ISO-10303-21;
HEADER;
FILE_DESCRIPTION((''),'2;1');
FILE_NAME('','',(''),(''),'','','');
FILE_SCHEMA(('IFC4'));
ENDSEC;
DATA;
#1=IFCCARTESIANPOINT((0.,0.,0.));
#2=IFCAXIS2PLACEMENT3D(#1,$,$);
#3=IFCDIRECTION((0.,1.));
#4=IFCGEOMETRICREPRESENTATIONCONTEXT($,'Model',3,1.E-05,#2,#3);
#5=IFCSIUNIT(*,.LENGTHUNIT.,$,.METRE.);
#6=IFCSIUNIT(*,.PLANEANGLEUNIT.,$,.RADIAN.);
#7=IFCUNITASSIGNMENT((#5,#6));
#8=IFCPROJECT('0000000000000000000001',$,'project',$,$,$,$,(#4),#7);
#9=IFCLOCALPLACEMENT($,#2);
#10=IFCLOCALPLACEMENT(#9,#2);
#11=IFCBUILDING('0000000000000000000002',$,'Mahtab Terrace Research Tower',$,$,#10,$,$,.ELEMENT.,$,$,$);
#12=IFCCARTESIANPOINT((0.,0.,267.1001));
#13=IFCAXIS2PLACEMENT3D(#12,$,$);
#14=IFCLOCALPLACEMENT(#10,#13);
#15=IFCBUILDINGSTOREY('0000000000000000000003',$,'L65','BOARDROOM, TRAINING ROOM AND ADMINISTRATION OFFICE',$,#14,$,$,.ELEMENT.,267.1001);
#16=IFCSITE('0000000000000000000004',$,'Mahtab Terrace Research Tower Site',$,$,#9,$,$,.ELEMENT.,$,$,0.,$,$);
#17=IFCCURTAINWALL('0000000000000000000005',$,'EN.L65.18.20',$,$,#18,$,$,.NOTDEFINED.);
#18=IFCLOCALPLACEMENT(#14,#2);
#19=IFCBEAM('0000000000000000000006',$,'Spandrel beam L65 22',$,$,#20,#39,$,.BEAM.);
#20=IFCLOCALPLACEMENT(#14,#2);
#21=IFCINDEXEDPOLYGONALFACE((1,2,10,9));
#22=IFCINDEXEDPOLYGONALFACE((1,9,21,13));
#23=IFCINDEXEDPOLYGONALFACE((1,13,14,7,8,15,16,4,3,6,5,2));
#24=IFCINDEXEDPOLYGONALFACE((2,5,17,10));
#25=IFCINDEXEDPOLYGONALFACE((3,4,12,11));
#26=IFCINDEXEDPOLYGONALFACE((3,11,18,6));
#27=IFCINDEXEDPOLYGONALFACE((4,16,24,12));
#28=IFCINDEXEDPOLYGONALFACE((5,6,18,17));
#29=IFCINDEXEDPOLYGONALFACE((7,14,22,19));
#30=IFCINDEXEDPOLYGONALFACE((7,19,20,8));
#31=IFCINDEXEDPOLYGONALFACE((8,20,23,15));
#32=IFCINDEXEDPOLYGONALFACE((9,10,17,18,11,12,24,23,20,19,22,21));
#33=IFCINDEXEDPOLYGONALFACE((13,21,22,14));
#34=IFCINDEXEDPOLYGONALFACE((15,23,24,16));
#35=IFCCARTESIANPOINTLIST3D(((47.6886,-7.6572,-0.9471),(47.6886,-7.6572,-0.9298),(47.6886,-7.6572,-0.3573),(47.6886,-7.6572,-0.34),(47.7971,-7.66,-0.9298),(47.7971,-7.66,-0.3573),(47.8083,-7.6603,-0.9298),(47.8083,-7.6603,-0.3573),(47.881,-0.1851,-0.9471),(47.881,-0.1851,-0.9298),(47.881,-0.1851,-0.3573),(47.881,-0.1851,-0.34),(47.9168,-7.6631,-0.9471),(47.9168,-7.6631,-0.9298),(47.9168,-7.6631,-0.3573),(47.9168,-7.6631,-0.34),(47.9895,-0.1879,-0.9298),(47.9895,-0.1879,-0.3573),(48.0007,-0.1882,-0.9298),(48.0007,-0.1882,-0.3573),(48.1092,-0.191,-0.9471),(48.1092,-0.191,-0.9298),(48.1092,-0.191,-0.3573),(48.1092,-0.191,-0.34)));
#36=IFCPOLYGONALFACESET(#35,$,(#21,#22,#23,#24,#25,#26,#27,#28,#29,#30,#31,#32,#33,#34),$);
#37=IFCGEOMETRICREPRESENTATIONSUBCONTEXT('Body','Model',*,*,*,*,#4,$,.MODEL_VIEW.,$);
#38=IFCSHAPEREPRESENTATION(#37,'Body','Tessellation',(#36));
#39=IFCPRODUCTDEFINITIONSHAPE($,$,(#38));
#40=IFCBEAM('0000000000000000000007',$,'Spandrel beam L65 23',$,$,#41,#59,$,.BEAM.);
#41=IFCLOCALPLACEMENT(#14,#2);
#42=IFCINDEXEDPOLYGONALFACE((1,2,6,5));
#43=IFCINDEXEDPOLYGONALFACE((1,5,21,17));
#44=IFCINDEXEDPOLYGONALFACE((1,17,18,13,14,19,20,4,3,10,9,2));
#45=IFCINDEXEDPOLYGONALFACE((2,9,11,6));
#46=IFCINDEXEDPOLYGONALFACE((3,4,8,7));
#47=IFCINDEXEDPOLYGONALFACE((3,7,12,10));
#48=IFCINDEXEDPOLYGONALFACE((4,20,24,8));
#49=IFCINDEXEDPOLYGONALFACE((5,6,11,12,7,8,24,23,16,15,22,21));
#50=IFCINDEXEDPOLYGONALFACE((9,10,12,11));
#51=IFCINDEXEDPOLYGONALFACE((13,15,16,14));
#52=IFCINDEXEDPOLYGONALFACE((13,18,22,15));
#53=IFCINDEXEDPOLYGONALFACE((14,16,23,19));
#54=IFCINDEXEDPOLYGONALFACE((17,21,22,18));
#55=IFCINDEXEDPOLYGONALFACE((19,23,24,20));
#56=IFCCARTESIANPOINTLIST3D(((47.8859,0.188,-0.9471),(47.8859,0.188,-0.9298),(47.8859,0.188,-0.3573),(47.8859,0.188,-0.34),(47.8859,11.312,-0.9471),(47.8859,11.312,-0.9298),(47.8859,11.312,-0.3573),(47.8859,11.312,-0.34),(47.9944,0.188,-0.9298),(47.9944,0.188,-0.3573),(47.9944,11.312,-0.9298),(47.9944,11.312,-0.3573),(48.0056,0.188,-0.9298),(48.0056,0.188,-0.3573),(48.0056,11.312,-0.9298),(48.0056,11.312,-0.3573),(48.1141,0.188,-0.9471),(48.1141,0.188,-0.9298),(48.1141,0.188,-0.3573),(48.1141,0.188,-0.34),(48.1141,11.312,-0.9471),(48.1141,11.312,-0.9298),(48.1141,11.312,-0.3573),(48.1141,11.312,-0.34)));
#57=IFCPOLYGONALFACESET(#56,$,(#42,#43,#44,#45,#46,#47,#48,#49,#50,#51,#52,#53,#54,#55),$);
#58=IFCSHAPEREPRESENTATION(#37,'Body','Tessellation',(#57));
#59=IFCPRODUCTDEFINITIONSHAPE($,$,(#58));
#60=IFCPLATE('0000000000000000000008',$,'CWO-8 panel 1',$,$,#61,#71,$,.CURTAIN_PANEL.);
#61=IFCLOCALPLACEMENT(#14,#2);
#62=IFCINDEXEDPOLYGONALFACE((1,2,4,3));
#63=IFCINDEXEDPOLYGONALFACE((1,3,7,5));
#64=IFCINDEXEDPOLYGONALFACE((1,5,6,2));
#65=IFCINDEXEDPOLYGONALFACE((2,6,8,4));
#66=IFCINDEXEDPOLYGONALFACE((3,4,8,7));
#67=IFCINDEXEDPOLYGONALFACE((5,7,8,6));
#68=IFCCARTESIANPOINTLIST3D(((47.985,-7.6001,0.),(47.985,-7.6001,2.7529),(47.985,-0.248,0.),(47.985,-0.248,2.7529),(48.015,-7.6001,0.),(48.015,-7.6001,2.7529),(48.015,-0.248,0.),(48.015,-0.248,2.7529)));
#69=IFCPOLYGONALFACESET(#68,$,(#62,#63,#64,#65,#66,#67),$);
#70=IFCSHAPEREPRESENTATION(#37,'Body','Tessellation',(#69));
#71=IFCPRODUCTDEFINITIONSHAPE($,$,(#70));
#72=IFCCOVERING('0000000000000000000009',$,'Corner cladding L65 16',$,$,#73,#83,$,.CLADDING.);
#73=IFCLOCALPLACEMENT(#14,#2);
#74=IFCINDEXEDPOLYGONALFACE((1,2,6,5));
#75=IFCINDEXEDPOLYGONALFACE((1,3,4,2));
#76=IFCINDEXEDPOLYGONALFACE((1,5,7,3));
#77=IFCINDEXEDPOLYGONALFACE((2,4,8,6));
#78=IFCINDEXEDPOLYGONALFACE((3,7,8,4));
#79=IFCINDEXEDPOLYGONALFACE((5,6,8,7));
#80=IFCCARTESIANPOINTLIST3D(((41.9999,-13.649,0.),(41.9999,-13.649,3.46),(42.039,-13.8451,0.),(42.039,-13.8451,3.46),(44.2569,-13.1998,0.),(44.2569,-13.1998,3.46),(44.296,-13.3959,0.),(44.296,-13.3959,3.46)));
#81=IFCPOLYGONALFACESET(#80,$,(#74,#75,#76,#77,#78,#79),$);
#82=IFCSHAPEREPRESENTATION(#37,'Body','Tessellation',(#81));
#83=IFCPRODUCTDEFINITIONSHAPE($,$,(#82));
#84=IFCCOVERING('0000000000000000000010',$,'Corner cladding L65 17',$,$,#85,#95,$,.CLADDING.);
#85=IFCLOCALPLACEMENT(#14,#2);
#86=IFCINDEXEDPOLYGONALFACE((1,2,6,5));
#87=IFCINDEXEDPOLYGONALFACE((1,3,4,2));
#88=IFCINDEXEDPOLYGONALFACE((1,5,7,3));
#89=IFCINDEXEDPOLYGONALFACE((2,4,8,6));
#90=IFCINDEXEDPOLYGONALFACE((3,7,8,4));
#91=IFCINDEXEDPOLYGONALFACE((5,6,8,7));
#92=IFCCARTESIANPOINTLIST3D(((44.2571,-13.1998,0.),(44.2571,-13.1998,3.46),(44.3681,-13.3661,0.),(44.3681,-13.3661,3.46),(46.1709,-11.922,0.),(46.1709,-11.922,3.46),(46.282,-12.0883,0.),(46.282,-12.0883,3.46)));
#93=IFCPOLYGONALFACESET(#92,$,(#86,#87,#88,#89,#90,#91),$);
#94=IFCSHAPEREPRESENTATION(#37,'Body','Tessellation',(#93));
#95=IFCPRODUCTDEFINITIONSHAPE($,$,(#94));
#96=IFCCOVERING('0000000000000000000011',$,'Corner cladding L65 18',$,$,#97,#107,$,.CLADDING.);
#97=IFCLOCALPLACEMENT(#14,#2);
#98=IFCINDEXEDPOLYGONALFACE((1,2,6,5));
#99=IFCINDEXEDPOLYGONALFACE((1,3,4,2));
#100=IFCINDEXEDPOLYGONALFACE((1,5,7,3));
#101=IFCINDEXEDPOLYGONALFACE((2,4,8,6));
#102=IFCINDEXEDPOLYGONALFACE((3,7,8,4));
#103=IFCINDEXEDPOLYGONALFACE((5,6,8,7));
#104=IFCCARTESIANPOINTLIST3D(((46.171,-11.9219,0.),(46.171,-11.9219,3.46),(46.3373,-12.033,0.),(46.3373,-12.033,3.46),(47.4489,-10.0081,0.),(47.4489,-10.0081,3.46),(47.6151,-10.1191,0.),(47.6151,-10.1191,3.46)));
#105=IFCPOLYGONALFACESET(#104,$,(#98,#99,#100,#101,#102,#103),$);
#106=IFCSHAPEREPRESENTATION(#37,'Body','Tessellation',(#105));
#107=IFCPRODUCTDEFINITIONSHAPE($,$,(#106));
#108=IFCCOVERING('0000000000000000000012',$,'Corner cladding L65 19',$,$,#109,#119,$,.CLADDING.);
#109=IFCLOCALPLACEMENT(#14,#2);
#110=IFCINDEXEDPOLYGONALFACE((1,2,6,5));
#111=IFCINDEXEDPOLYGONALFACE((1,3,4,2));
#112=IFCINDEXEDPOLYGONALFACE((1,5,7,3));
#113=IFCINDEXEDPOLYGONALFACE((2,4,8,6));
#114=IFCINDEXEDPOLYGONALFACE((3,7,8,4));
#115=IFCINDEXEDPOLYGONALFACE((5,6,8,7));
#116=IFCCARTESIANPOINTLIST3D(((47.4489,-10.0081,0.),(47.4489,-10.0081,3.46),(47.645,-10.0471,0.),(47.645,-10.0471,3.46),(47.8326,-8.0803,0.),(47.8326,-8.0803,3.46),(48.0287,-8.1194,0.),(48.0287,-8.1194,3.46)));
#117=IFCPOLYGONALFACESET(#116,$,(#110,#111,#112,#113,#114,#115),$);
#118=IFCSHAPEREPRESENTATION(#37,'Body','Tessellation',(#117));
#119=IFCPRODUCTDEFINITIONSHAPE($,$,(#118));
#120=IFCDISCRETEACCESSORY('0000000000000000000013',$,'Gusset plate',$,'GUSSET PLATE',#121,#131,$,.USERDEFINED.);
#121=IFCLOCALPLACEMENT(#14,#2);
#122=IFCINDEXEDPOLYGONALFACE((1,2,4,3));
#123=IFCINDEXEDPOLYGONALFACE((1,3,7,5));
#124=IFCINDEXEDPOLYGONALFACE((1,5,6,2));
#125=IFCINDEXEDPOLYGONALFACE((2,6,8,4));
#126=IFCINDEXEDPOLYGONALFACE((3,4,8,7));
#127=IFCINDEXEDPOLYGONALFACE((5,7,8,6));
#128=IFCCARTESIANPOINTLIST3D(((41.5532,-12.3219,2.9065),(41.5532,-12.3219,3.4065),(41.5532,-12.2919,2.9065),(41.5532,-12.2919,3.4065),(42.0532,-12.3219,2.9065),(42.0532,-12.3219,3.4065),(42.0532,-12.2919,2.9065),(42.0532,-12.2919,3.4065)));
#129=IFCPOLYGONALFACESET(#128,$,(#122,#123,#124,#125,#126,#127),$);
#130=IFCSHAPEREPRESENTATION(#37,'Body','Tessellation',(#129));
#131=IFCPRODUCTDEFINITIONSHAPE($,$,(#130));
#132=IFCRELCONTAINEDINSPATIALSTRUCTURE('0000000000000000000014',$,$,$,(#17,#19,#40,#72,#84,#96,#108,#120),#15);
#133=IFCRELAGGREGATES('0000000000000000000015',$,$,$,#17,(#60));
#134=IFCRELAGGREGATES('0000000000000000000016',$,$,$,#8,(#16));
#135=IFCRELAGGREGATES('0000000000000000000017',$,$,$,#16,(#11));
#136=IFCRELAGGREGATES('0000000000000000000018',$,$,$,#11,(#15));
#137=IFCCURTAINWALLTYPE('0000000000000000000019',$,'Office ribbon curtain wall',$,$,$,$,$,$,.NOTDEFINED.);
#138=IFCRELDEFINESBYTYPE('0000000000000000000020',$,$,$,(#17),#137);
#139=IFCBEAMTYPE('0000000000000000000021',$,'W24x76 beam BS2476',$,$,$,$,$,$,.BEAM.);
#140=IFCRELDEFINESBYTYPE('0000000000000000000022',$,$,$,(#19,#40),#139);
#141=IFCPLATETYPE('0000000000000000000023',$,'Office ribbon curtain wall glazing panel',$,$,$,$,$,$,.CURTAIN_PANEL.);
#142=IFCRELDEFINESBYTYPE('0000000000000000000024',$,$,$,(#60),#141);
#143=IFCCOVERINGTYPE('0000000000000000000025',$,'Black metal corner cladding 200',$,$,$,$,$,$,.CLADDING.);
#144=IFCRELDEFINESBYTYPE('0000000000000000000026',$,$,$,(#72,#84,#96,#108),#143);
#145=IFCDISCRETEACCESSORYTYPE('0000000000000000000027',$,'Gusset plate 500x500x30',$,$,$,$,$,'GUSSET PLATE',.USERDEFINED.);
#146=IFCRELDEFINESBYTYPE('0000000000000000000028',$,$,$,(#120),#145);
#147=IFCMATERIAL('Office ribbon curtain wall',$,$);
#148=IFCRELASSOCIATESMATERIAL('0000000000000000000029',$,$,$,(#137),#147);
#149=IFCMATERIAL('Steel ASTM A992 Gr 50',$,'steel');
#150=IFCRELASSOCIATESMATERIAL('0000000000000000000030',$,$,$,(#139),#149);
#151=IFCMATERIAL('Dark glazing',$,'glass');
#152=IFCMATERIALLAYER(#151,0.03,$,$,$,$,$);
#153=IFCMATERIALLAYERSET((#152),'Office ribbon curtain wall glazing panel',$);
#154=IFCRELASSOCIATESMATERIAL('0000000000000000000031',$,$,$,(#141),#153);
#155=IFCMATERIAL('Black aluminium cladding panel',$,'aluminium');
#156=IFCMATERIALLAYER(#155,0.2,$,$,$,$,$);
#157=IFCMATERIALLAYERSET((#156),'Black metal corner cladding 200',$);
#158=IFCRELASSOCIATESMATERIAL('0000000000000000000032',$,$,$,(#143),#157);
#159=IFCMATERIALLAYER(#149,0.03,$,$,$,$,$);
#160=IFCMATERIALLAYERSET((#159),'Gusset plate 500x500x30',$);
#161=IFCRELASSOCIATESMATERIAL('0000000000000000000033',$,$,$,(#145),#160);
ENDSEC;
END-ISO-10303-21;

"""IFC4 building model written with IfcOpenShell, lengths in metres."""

from ifc_helpers import new_model, si_unit, direction, frame, origin, origin_2d, place, context, subcontext, project, spatial, rectangle, i_section, extrude, material, layer, layer_set, material_profile, profile_set, type_object, element, aggregate, save


model = new_model("IFC4")

# Units and contexts
model_context = context("Model", 3, precision=1e-05, world=origin(), true_north=direction((0.0, 1.0)))
body_context = subcontext(model_context, "Body", "Model", "MODEL_VIEW")
ifc_project = project(units=[si_unit("LENGTHUNIT", "METRE"), si_unit("PLANEANGLEUNIT", "RADIAN")], contexts=[model_context])

# Site, building, storey
site_placement = place(None, origin())
site = spatial("IfcSite", under=ifc_project, at=site_placement, Name="Mahtab Terrace Research Tower Site", CompositionType="ELEMENT", RefElevation=0.0)
building_placement = place(site_placement, origin())
building = spatial("IfcBuilding", under=site, at=building_placement, Name="Mahtab Terrace Research Tower", CompositionType="ELEMENT")
storey_placement = place(building_placement, frame((0.0, 0.0, 267.1001)))
storey = spatial("IfcBuildingStorey", under=building, at=storey_placement, Name="L65", Description="BOARDROOM, TRAINING ROOM AND ADMINISTRATION OFFICE", CompositionType="ELEMENT", Elevation=267.1001)

# Shared definitions
ifc_material_1 = material(Name="Steel ASTM A992 Gr 50", Category="steel")

# Curtain wall
ifc_material_2 = material(Name="Office ribbon curtain wall")
curtain_wall_type = type_object("IfcCurtainWallType", Name="Office ribbon curtain wall", PredefinedType="NOTDEFINED", material=ifc_material_2)
curtain_wall_1_placement = place(storey_placement, origin())
curtain_wall_1 = element("IfcCurtainWall", 1, at=curtain_wall_1_placement, inside=storey, type_object=curtain_wall_type, Name="EN.L65.18.20", PredefinedType="NOTDEFINED")

# Beams
ifc_material_profile_1 = material_profile(ifc_material_1, i_section(OverallWidth=0.2283, OverallDepth=0.6072, WebThickness=0.0112, FlangeThickness=0.0173, at=origin_2d()), Name="W24X76")
ifc_profile_set_1 = profile_set([ifc_material_profile_1], Name="Steel ASTM A992 Gr 50")
beam_type = type_object("IfcBeamType", Name="W24x76 beam BS2476", PredefinedType="BEAM", material=ifc_profile_set_1)
beam_1_placement = place(storey_placement, frame((47.8027, -7.6602, -0.6436), z_axis=(0.025738, 0.999669, 0.0), x_axis=(-0.999669, 0.025738, 0.0)))
element("IfcBeam", 2, at=beam_1_placement, inside=storey, type_object=beam_type, Name="Spandrel beam L65 22", PredefinedType="BEAM", context=body_context, shape_type="SweptSolid", body=[
    extrude(i_section(OverallWidth=0.2283, OverallDepth=0.6072, WebThickness=0.0112, FlangeThickness=0.0173, at=origin_2d()), origin(), (0.0, 0.0, 1.0), 7.4746),
])
beam_2_placement = place(storey_placement, frame((48.0, 0.188, -0.6436), z_axis=(0.0, 1.0, 0.0), x_axis=(-1.0, 0.0, 0.0)))
element("IfcBeam", 3, at=beam_2_placement, inside=storey, type_object=beam_type, Name="Spandrel beam L65 23", PredefinedType="BEAM", context=body_context, shape_type="SweptSolid", body=[
    extrude(i_section(OverallWidth=0.2283, OverallDepth=0.6072, WebThickness=0.0112, FlangeThickness=0.0173, at=origin_2d()), origin(), (0.0, 0.0, 1.0), 11.124),
])

# Plate
ifc_material_3 = material(Name="Dark glazing", Category="glass")
ifc_layer_1 = layer(ifc_material_3, 0.03)
ifc_layer_set_1 = layer_set([ifc_layer_1], Name="Office ribbon curtain wall glazing panel")
plate_type = type_object("IfcPlateType", Name="Office ribbon curtain wall glazing panel", PredefinedType="CURTAIN_PANEL", material=ifc_layer_set_1)
plate_placement = place(storey_placement, frame((48.0, -3.9241, 0.0), z_axis=(0.0, 0.0, 1.0), x_axis=(0.0, 1.0, 0.0)))
plate = element("IfcPlate", 4, at=plate_placement, type_object=plate_type, Name="CWO-8 panel 1", PredefinedType="CURTAIN_PANEL", context=body_context, shape_type="SweptSolid", body=[
    extrude(rectangle(XDim=7.3521, YDim=0.03, at=origin_2d()), origin(), (0.0, 0.0, 1.0), 2.7529),
])
aggregate(curtain_wall_1, [plate])

# Coverings
ifc_material_4 = material(Name="Black aluminium cladding panel", Category="aluminium")
ifc_layer_2 = layer(ifc_material_4, 0.2)
ifc_layer_set_2 = layer_set([ifc_layer_2], Name="Black metal corner cladding 200")
covering_type = type_object("IfcCoveringType", Name="Black metal corner cladding 200", PredefinedType="CLADDING", material=ifc_layer_set_2)
for number, where, z_axis, x_axis, name in (
    (5, (43.1479, -13.5225, 0.0), (0.0, 0.0, 1.0), (0.980761, 0.195212, 0.0), "Corner cladding L65 16"),
    (6, (45.2695, -12.644, 0.0), (0.0, 0.0, 1.0), (0.831656, 0.555291, 0.0), "Corner cladding L65 17"),
    (7, (46.8931, -11.0205, 0.0), (0.0, 0.0, 1.0), (0.555291, 0.831656, 0.0), "Corner cladding L65 18"),
):
    element("IfcCovering", number, at=place(storey_placement, frame(where, z_axis=z_axis, x_axis=x_axis)), inside=storey, type_object=covering_type, Name=name, PredefinedType="CLADDING", context=body_context, shape_type="SweptSolid", body=[
        extrude(rectangle(XDim=2.3013, YDim=0.2, at=origin_2d()), origin(), (0.0, 0.0, 1.0), 3.46),
    ])
covering_placement = place(storey_placement, frame((47.7388, -9.0637, 0.0), z_axis=(0.0, 0.0, 1.0), x_axis=(0.195212, 0.980761, 0.0)))
element("IfcCovering", 8, at=covering_placement, inside=storey, type_object=covering_type, Name="Corner cladding L65 19", PredefinedType="CLADDING", context=body_context, shape_type="SweptSolid", body=[
    extrude(rectangle(XDim=1.9656, YDim=0.2, at=origin_2d()), origin(), (0.0, 0.0, 1.0), 3.46),
])

# Discrete accessory
ifc_layer_3 = layer(ifc_material_1, 0.03)
ifc_layer_set_3 = layer_set([ifc_layer_3], Name="Gusset plate 500x500x30")
discrete_accessory_type = type_object("IfcDiscreteAccessoryType", Name="Gusset plate 500x500x30", ElementType="GUSSET PLATE", PredefinedType="USERDEFINED", material=ifc_layer_set_3)
discrete_accessory_placement = place(storey_placement, frame((41.8032, -12.3069, 2.9065), z_axis=(0.0, 0.0, 1.0), x_axis=(1.0, 0.0, 0.0)))
element("IfcDiscreteAccessory", 9, at=discrete_accessory_placement, inside=storey, type_object=discrete_accessory_type, Name="Gusset plate", ObjectType="GUSSET PLATE", PredefinedType="USERDEFINED", context=body_context, shape_type="SweptSolid", body=[
    extrude(rectangle(XDim=0.5, YDim=0.03, at=origin_2d()), origin(), (0.0, 0.0, 1.0), 0.5),
])

save(model, "model.ifc")
